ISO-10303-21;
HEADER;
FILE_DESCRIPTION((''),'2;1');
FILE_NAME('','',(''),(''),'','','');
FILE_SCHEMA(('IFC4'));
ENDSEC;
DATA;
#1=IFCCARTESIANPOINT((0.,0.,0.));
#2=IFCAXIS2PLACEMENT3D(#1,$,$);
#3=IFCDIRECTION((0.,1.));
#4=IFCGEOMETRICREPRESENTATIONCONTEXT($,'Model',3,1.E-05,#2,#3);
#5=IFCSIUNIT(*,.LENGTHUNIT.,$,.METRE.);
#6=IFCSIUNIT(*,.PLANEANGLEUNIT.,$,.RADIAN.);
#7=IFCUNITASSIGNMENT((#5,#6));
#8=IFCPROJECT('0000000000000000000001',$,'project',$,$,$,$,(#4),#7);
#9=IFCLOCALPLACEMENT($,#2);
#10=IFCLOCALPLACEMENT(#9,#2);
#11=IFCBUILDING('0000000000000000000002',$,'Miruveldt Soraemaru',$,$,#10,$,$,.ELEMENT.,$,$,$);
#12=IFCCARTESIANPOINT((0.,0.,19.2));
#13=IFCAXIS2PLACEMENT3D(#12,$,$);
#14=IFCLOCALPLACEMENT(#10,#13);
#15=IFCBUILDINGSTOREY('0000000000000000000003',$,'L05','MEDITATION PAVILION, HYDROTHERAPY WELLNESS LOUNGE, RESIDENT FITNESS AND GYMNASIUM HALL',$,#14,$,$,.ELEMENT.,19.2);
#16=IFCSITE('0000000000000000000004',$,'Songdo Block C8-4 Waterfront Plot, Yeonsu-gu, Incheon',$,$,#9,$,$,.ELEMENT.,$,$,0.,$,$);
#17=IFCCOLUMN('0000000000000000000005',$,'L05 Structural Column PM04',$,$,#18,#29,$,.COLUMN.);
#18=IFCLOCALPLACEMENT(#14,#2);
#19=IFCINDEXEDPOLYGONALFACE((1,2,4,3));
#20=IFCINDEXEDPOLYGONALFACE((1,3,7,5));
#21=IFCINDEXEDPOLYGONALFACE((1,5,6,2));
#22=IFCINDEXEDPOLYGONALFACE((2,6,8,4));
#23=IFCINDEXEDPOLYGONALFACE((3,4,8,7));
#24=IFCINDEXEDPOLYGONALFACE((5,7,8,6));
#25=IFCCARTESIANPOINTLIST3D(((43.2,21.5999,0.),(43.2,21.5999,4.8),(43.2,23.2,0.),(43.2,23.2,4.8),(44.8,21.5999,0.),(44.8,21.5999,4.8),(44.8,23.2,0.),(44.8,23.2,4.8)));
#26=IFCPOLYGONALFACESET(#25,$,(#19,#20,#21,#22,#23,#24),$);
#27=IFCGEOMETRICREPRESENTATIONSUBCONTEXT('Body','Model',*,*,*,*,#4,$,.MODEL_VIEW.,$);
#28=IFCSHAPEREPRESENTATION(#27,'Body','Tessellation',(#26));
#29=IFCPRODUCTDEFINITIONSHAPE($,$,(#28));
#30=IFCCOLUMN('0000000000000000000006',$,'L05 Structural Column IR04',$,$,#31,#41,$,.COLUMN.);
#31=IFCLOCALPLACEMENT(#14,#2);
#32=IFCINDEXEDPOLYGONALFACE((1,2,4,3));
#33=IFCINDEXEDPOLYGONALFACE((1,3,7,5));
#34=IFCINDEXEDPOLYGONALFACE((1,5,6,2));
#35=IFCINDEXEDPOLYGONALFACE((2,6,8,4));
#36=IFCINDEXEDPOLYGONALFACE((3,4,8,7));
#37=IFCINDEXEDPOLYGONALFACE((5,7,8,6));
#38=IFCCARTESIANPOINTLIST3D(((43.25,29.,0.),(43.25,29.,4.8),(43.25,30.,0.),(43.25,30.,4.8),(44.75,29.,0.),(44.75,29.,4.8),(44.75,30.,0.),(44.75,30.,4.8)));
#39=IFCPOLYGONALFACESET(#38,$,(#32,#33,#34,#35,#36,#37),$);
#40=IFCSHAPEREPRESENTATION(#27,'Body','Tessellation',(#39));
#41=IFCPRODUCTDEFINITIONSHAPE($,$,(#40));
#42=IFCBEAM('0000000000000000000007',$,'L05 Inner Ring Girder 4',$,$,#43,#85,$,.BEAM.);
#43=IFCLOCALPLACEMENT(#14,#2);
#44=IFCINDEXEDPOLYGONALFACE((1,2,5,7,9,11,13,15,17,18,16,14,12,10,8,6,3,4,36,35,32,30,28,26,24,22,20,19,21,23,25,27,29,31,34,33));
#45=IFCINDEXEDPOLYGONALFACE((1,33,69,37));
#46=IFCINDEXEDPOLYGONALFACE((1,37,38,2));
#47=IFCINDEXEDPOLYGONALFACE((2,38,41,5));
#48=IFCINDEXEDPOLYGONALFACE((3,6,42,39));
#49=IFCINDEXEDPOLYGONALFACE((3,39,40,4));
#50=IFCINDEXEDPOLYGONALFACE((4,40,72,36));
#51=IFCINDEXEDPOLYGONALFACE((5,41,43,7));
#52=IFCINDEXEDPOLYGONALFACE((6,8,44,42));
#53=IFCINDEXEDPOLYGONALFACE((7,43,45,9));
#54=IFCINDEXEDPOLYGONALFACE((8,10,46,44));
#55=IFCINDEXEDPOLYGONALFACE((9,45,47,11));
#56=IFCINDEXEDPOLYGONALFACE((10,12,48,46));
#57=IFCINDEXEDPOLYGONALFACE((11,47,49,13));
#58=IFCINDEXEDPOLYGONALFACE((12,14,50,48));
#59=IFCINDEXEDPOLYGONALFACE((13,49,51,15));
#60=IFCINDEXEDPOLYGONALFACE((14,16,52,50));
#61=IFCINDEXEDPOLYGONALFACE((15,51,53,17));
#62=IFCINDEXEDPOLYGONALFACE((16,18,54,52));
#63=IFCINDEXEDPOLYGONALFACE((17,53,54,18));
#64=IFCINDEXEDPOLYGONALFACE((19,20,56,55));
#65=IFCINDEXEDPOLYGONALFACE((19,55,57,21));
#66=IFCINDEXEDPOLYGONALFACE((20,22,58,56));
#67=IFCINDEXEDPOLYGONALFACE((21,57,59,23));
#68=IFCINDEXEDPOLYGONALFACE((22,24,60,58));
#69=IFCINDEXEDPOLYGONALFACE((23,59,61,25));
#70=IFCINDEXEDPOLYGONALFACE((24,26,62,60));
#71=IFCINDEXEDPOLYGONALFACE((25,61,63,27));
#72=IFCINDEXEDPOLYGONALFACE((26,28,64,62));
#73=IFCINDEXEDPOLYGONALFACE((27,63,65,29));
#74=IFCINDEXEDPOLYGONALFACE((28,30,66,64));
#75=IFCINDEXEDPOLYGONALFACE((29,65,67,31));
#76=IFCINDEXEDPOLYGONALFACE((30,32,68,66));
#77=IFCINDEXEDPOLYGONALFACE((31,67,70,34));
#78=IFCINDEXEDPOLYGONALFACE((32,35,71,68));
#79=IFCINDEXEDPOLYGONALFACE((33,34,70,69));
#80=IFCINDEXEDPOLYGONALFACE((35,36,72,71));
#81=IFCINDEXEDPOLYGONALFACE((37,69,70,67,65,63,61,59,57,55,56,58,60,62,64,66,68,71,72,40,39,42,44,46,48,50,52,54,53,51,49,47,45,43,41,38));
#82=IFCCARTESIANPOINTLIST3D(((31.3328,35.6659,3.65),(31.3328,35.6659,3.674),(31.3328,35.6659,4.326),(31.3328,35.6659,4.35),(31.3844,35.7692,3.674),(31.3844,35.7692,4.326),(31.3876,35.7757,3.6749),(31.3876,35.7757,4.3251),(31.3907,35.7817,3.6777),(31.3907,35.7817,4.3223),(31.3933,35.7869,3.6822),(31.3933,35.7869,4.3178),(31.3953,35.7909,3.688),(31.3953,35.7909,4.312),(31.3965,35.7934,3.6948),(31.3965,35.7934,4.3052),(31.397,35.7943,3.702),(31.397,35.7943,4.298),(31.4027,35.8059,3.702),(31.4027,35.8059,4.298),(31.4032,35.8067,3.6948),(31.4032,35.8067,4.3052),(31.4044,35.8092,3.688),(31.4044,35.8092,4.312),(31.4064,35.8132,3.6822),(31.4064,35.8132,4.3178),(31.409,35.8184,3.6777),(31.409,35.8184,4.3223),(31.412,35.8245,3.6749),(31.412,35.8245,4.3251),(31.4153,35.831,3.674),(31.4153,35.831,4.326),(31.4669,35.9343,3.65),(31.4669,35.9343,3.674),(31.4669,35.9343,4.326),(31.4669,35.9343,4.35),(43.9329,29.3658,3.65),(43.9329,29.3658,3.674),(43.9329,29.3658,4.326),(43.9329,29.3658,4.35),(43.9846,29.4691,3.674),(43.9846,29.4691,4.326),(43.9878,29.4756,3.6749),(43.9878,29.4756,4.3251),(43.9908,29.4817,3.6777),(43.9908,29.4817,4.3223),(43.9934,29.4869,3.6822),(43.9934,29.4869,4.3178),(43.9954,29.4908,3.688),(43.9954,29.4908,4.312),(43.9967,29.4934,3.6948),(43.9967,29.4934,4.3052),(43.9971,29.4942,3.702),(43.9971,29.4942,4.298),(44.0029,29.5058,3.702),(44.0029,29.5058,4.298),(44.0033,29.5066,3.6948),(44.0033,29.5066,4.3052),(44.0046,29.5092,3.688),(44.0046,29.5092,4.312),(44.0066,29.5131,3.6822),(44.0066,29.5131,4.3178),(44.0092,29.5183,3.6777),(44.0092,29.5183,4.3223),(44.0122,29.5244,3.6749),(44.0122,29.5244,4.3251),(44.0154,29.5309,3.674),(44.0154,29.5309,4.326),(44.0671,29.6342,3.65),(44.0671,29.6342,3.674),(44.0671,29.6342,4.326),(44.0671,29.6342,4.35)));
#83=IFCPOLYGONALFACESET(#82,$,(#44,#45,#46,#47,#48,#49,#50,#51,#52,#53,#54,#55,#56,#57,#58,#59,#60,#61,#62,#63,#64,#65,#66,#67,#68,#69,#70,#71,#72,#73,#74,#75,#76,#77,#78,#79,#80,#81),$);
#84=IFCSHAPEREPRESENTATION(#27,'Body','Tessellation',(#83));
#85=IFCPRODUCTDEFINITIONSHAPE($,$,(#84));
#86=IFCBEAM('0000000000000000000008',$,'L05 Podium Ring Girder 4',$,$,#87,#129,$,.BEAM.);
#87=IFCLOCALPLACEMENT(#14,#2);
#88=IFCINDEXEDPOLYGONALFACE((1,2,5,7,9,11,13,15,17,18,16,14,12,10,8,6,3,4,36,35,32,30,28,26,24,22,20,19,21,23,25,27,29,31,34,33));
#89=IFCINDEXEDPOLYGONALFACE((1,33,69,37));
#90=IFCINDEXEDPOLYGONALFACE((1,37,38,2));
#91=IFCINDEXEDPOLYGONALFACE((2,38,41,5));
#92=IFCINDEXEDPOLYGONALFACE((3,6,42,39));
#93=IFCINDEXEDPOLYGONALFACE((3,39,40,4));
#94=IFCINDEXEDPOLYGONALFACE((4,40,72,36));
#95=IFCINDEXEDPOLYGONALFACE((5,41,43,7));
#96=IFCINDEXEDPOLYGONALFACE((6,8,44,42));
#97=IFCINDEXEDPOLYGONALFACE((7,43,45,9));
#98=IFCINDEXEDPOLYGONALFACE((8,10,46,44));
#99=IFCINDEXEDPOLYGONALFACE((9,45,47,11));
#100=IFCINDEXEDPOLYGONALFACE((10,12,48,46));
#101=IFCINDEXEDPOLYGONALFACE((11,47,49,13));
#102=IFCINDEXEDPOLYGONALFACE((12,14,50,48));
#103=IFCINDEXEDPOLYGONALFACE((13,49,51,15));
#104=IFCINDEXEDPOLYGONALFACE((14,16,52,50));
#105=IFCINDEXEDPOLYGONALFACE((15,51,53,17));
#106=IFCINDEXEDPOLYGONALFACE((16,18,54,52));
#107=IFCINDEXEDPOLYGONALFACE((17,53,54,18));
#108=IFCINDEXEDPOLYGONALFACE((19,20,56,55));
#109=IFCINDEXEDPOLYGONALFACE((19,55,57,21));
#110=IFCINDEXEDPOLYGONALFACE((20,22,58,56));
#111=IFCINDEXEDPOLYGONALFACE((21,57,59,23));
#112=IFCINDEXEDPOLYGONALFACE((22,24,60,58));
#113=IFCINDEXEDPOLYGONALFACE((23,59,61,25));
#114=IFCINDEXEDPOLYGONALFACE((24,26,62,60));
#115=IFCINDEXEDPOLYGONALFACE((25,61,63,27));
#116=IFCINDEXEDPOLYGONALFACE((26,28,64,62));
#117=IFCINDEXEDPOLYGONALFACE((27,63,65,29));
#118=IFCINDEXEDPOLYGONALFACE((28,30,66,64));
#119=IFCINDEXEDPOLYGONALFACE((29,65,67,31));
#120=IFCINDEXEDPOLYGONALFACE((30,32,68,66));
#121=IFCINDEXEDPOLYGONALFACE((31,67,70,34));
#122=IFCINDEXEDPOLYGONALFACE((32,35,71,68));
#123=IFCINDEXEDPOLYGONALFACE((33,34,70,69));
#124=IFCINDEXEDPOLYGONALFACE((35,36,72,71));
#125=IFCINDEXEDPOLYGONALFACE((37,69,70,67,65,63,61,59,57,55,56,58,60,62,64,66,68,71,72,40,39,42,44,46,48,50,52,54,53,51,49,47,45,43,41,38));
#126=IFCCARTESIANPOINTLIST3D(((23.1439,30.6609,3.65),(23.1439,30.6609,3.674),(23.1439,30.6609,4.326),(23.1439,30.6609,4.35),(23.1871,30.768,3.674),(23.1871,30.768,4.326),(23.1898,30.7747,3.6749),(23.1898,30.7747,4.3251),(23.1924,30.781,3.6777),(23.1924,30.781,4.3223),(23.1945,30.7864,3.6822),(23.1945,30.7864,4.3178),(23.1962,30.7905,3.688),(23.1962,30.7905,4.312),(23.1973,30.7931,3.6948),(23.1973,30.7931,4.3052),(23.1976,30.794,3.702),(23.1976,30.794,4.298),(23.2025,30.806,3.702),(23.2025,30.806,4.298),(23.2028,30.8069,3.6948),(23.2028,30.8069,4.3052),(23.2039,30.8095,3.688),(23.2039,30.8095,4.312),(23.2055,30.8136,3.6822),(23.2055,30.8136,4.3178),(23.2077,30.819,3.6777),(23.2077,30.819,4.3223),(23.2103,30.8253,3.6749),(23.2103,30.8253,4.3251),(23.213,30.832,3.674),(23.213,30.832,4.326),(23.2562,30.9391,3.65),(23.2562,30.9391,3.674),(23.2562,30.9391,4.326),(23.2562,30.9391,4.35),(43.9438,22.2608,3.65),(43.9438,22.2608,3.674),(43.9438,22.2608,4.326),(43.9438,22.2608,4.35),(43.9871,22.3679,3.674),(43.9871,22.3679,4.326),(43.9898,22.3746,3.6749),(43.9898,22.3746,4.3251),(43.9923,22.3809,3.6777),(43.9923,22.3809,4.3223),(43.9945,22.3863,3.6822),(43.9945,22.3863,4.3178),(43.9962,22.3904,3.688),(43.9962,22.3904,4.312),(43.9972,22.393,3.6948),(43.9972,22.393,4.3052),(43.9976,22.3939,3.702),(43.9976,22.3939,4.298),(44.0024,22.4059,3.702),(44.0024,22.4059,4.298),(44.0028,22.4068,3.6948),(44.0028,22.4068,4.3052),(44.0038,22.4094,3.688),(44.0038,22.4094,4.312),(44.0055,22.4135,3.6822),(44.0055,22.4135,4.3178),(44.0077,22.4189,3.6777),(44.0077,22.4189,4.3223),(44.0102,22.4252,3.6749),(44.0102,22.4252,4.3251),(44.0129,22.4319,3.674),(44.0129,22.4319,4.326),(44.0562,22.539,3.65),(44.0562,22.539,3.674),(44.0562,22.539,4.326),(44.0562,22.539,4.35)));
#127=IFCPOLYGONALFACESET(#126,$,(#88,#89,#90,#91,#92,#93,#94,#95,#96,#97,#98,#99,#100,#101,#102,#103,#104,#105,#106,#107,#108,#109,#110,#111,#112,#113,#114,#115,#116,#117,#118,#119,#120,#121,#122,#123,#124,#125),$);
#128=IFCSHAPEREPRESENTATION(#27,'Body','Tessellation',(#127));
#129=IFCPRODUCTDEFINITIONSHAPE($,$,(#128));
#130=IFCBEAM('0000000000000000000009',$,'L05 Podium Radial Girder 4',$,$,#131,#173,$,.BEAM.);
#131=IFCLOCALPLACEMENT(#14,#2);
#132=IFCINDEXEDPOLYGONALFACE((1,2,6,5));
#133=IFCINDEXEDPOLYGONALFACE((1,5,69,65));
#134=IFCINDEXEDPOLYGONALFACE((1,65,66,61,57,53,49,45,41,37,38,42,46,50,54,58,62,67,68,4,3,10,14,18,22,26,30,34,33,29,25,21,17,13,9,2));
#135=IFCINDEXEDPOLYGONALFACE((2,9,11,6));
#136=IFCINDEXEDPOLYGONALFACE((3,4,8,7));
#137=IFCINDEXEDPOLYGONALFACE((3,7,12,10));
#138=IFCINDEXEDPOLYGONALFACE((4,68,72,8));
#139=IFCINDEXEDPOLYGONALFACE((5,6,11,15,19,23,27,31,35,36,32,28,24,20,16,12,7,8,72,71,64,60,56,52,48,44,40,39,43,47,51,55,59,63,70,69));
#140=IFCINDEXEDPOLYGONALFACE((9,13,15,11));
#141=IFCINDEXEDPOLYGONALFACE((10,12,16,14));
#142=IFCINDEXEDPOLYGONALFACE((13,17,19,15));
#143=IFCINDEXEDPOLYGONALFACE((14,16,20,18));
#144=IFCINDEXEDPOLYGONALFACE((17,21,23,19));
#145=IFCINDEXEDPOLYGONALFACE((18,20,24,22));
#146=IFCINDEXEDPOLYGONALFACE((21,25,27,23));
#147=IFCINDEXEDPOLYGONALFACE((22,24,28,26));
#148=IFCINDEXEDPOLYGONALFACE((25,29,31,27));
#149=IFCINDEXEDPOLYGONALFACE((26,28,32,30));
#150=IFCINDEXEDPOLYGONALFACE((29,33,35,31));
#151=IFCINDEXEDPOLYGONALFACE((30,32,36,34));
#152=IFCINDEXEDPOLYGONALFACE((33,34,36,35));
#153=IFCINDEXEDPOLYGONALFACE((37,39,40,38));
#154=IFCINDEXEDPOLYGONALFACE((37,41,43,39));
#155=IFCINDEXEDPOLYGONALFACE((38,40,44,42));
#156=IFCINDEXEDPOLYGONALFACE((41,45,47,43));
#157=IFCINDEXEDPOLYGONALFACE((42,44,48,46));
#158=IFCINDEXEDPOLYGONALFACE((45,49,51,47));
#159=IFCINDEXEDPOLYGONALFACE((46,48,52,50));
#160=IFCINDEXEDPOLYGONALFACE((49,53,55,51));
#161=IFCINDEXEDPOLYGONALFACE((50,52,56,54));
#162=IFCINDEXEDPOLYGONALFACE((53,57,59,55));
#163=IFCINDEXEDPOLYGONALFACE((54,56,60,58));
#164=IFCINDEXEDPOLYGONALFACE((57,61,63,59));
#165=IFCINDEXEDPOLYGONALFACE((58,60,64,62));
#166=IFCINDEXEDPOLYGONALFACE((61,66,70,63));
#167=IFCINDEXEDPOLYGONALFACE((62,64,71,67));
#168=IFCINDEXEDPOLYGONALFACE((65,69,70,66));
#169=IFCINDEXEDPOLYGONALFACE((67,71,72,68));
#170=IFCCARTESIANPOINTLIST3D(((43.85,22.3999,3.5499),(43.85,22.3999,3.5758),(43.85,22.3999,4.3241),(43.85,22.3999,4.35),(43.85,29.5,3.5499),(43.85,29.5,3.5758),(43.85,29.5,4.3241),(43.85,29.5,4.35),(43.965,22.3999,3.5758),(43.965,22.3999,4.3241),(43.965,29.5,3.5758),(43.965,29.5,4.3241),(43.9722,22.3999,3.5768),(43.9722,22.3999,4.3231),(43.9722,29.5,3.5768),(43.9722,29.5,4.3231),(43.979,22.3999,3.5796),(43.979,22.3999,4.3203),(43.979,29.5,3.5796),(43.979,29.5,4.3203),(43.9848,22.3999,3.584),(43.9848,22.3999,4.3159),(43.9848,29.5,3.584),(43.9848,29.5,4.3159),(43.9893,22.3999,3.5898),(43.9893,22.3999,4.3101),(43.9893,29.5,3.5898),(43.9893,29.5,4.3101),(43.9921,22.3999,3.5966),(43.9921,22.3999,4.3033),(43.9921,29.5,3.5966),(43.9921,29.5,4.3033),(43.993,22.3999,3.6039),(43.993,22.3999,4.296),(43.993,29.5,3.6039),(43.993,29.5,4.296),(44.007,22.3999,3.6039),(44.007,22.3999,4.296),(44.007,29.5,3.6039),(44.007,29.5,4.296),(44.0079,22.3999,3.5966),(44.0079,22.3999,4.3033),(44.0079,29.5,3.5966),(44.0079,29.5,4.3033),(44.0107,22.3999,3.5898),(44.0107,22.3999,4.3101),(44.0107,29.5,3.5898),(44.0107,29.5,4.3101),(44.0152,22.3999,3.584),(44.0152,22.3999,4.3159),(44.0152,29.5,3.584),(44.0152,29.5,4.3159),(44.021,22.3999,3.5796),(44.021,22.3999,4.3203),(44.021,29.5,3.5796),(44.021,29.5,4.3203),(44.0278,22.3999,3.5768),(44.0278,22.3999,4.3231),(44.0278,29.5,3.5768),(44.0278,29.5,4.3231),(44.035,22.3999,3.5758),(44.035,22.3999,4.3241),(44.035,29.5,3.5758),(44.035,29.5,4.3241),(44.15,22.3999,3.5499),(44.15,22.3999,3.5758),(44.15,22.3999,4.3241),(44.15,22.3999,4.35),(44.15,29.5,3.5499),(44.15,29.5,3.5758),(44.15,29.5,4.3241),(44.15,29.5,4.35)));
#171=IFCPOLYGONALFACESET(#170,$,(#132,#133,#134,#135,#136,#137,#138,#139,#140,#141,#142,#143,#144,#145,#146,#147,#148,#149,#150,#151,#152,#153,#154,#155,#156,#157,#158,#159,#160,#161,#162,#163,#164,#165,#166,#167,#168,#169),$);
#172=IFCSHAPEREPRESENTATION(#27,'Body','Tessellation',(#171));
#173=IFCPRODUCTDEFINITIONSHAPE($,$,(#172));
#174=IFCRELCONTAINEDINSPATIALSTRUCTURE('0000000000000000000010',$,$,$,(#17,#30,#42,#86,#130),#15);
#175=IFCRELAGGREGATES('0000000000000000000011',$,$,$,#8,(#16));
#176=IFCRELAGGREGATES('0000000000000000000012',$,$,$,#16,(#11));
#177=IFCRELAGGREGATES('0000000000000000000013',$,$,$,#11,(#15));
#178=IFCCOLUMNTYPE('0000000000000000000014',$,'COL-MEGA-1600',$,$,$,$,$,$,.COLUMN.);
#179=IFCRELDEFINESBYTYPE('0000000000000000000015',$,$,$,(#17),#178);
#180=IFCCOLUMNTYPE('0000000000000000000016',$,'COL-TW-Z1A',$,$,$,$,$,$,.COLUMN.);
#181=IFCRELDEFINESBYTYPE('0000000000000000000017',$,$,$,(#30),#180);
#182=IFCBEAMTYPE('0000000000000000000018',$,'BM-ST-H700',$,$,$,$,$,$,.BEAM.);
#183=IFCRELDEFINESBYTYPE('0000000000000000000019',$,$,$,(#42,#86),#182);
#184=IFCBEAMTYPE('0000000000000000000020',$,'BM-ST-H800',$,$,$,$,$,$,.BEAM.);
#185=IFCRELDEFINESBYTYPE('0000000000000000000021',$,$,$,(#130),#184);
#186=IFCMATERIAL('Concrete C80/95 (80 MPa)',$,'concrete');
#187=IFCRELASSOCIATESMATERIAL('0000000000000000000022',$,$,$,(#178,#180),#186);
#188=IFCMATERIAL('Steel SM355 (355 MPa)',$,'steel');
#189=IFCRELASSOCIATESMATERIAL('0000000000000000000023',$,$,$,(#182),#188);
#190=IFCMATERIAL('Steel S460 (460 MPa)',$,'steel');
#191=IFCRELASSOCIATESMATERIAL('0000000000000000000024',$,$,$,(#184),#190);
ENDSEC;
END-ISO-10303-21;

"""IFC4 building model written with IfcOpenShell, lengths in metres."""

from ifc_helpers import new_model, si_unit, direction, frame, origin, origin_2d, place, context, subcontext, project, spatial, rectangle, i_section, extrude, material, material_profile, profile_set, type_object, element, save


model = new_model("IFC4")

# Units and contexts
model_context = context("Model", 3, precision=1e-05, world=origin(), true_north=direction((0.0, 1.0)))
body_context = subcontext(model_context, "Body", "Model", "MODEL_VIEW")
ifc_project = project(units=[si_unit("LENGTHUNIT", "METRE"), si_unit("PLANEANGLEUNIT", "RADIAN")], contexts=[model_context])

# Site, building, storey
site_placement = place(None, origin())
site = spatial("IfcSite", under=ifc_project, at=site_placement, Name="Songdo Block C8-4 Waterfront Plot, Yeonsu-gu, Incheon", CompositionType="ELEMENT", RefElevation=0.0)
building_placement = place(site_placement, origin())
building = spatial("IfcBuilding", under=site, at=building_placement, Name="Miruveldt Soraemaru", CompositionType="ELEMENT")
storey_placement = place(building_placement, frame((0.0, 0.0, 19.2)))
storey = spatial("IfcBuildingStorey", under=building, at=storey_placement, Name="L05", Description="MEDITATION PAVILION, HYDROTHERAPY WELLNESS LOUNGE, RESIDENT FITNESS AND GYMNASIUM HALL", CompositionType="ELEMENT", Elevation=19.2)

# Columns
ifc_material_1 = material(Name="Concrete C80/95 (80 MPa)", Category="concrete")
ifc_material_profile_1 = material_profile(ifc_material_1, rectangle(XDim=1.6001, YDim=1.6001, at=origin_2d()), Name="Concrete C80/95 (80 MPa)", Category="concrete")
ifc_profile_set_1 = profile_set([ifc_material_profile_1], Name="Concrete C80/95 (80 MPa)")
column_type_1 = type_object("IfcColumnType", Name="COL-MEGA-1600", PredefinedType="COLUMN", material=ifc_profile_set_1)
column_1_placement = place(storey_placement, frame((44.0, 22.3999, 0.0), z_axis=(0.0, 0.0, 1.0), x_axis=(1.0, 0.0, 0.0)))
element("IfcColumn", 1, at=column_1_placement, inside=storey, type_object=column_type_1, Name="L05 Structural Column PM04", PredefinedType="COLUMN", context=body_context, shape_type="SweptSolid", body=[
    extrude(rectangle(XDim=1.6001, YDim=1.6001, at=origin_2d()), origin(), (0.0, 0.0, 1.0), 4.8),
])
ifc_material_profile_2 = material_profile(ifc_material_1, rectangle(XDim=1.5, YDim=1.0, at=origin_2d()), Name="Concrete C80/95 (80 MPa)", Category="concrete")
ifc_profile_set_2 = profile_set([ifc_material_profile_2], Name="Concrete C80/95 (80 MPa)")
column_type_2 = type_object("IfcColumnType", Name="COL-TW-Z1A", PredefinedType="COLUMN", material=ifc_profile_set_2)
column_2_placement = place(storey_placement, frame((44.0, 29.5, 0.0), z_axis=(0.0, 0.0, 1.0), x_axis=(1.0, 0.0, 0.0)))
element("IfcColumn", 2, at=column_2_placement, inside=storey, type_object=column_type_2, Name="L05 Structural Column IR04", PredefinedType="COLUMN", context=body_context, shape_type="SweptSolid", body=[
    extrude(rectangle(XDim=1.5, YDim=1.0, at=origin_2d()), origin(), (0.0, 0.0, 1.0), 4.8),
])

# Beams
ifc_material_2 = material(Name="Steel SM355 (355 MPa)", Category="steel")
ifc_material_profile_3 = material_profile(ifc_material_2, i_section(OverallWidth=0.3, OverallDepth=0.7, WebThickness=0.0129, FlangeThickness=0.0239, FilletRadius=0.0281, at=origin_2d()), Name="Steel SM355 (355 MPa)", Category="steel")
ifc_profile_set_3 = profile_set([ifc_material_profile_3], Name="Steel SM355 (355 MPa)")
beam_type_1 = type_object("IfcBeamType", Name="BM-ST-H700", PredefinedType="BEAM", material=ifc_profile_set_3)
beam_1_placement = place(storey_placement, frame((44.0, 29.5, 4.0), z_axis=(-0.894427, 0.447214, 0.0), x_axis=(-0.447214, -0.894427, 0.0)))
element("IfcBeam", 3, at=beam_1_placement, inside=storey, type_object=beam_type_1, Name="L05 Inner Ring Girder 4", PredefinedType="BEAM", context=body_context, shape_type="SweptSolid", body=[
    extrude(i_section(OverallWidth=0.3, OverallDepth=0.7, WebThickness=0.0129, FlangeThickness=0.0239, FilletRadius=0.0281, at=origin_2d()), origin(), (0.0, 0.0, 1.0), 14.0874),
])
beam_2_placement = place(storey_placement, frame((44.0, 22.3999, 4.0), z_axis=(-0.92724, 0.374468, 0.0), x_axis=(-0.374468, -0.92724, 0.0)))
element("IfcBeam", 4, at=beam_2_placement, inside=storey, type_object=beam_type_1, Name="L05 Podium Ring Girder 4", PredefinedType="BEAM", context=body_context, shape_type="SweptSolid", body=[
    extrude(i_section(OverallWidth=0.3, OverallDepth=0.7, WebThickness=0.0129, FlangeThickness=0.0239, FilletRadius=0.0281, at=origin_2d()), origin(), (0.0, 0.0, 1.0), 22.4321),
])
ifc_material_3 = material(Name="Steel S460 (460 MPa)", Category="steel")
ifc_material_profile_4 = material_profile(ifc_material_3, i_section(OverallWidth=0.3, OverallDepth=0.8, WebThickness=0.0139, FlangeThickness=0.0259, FilletRadius=0.0281, at=origin_2d()), Name="Steel S460 (460 MPa)", Category="steel")
ifc_profile_set_4 = profile_set([ifc_material_profile_4], Name="Steel S460 (460 MPa)")
beam_type_2 = type_object("IfcBeamType", Name="BM-ST-H800", PredefinedType="BEAM", material=ifc_profile_set_4)
beam_3_placement = place(storey_placement, frame((44.0, 29.5, 3.95), z_axis=(0.0, -1.0, 0.0), x_axis=(1.0, 0.0, 0.0)))
element("IfcBeam", 5, at=beam_3_placement, inside=storey, type_object=beam_type_2, Name="L05 Podium Radial Girder 4", PredefinedType="BEAM", context=body_context, shape_type="SweptSolid", body=[
    extrude(i_section(OverallWidth=0.3, OverallDepth=0.8, WebThickness=0.0139, FlangeThickness=0.0259, FilletRadius=0.0281, at=origin_2d()), origin(), (0.0, 0.0, 1.0), 7.1001),
])

save(model, "model.ifc")
